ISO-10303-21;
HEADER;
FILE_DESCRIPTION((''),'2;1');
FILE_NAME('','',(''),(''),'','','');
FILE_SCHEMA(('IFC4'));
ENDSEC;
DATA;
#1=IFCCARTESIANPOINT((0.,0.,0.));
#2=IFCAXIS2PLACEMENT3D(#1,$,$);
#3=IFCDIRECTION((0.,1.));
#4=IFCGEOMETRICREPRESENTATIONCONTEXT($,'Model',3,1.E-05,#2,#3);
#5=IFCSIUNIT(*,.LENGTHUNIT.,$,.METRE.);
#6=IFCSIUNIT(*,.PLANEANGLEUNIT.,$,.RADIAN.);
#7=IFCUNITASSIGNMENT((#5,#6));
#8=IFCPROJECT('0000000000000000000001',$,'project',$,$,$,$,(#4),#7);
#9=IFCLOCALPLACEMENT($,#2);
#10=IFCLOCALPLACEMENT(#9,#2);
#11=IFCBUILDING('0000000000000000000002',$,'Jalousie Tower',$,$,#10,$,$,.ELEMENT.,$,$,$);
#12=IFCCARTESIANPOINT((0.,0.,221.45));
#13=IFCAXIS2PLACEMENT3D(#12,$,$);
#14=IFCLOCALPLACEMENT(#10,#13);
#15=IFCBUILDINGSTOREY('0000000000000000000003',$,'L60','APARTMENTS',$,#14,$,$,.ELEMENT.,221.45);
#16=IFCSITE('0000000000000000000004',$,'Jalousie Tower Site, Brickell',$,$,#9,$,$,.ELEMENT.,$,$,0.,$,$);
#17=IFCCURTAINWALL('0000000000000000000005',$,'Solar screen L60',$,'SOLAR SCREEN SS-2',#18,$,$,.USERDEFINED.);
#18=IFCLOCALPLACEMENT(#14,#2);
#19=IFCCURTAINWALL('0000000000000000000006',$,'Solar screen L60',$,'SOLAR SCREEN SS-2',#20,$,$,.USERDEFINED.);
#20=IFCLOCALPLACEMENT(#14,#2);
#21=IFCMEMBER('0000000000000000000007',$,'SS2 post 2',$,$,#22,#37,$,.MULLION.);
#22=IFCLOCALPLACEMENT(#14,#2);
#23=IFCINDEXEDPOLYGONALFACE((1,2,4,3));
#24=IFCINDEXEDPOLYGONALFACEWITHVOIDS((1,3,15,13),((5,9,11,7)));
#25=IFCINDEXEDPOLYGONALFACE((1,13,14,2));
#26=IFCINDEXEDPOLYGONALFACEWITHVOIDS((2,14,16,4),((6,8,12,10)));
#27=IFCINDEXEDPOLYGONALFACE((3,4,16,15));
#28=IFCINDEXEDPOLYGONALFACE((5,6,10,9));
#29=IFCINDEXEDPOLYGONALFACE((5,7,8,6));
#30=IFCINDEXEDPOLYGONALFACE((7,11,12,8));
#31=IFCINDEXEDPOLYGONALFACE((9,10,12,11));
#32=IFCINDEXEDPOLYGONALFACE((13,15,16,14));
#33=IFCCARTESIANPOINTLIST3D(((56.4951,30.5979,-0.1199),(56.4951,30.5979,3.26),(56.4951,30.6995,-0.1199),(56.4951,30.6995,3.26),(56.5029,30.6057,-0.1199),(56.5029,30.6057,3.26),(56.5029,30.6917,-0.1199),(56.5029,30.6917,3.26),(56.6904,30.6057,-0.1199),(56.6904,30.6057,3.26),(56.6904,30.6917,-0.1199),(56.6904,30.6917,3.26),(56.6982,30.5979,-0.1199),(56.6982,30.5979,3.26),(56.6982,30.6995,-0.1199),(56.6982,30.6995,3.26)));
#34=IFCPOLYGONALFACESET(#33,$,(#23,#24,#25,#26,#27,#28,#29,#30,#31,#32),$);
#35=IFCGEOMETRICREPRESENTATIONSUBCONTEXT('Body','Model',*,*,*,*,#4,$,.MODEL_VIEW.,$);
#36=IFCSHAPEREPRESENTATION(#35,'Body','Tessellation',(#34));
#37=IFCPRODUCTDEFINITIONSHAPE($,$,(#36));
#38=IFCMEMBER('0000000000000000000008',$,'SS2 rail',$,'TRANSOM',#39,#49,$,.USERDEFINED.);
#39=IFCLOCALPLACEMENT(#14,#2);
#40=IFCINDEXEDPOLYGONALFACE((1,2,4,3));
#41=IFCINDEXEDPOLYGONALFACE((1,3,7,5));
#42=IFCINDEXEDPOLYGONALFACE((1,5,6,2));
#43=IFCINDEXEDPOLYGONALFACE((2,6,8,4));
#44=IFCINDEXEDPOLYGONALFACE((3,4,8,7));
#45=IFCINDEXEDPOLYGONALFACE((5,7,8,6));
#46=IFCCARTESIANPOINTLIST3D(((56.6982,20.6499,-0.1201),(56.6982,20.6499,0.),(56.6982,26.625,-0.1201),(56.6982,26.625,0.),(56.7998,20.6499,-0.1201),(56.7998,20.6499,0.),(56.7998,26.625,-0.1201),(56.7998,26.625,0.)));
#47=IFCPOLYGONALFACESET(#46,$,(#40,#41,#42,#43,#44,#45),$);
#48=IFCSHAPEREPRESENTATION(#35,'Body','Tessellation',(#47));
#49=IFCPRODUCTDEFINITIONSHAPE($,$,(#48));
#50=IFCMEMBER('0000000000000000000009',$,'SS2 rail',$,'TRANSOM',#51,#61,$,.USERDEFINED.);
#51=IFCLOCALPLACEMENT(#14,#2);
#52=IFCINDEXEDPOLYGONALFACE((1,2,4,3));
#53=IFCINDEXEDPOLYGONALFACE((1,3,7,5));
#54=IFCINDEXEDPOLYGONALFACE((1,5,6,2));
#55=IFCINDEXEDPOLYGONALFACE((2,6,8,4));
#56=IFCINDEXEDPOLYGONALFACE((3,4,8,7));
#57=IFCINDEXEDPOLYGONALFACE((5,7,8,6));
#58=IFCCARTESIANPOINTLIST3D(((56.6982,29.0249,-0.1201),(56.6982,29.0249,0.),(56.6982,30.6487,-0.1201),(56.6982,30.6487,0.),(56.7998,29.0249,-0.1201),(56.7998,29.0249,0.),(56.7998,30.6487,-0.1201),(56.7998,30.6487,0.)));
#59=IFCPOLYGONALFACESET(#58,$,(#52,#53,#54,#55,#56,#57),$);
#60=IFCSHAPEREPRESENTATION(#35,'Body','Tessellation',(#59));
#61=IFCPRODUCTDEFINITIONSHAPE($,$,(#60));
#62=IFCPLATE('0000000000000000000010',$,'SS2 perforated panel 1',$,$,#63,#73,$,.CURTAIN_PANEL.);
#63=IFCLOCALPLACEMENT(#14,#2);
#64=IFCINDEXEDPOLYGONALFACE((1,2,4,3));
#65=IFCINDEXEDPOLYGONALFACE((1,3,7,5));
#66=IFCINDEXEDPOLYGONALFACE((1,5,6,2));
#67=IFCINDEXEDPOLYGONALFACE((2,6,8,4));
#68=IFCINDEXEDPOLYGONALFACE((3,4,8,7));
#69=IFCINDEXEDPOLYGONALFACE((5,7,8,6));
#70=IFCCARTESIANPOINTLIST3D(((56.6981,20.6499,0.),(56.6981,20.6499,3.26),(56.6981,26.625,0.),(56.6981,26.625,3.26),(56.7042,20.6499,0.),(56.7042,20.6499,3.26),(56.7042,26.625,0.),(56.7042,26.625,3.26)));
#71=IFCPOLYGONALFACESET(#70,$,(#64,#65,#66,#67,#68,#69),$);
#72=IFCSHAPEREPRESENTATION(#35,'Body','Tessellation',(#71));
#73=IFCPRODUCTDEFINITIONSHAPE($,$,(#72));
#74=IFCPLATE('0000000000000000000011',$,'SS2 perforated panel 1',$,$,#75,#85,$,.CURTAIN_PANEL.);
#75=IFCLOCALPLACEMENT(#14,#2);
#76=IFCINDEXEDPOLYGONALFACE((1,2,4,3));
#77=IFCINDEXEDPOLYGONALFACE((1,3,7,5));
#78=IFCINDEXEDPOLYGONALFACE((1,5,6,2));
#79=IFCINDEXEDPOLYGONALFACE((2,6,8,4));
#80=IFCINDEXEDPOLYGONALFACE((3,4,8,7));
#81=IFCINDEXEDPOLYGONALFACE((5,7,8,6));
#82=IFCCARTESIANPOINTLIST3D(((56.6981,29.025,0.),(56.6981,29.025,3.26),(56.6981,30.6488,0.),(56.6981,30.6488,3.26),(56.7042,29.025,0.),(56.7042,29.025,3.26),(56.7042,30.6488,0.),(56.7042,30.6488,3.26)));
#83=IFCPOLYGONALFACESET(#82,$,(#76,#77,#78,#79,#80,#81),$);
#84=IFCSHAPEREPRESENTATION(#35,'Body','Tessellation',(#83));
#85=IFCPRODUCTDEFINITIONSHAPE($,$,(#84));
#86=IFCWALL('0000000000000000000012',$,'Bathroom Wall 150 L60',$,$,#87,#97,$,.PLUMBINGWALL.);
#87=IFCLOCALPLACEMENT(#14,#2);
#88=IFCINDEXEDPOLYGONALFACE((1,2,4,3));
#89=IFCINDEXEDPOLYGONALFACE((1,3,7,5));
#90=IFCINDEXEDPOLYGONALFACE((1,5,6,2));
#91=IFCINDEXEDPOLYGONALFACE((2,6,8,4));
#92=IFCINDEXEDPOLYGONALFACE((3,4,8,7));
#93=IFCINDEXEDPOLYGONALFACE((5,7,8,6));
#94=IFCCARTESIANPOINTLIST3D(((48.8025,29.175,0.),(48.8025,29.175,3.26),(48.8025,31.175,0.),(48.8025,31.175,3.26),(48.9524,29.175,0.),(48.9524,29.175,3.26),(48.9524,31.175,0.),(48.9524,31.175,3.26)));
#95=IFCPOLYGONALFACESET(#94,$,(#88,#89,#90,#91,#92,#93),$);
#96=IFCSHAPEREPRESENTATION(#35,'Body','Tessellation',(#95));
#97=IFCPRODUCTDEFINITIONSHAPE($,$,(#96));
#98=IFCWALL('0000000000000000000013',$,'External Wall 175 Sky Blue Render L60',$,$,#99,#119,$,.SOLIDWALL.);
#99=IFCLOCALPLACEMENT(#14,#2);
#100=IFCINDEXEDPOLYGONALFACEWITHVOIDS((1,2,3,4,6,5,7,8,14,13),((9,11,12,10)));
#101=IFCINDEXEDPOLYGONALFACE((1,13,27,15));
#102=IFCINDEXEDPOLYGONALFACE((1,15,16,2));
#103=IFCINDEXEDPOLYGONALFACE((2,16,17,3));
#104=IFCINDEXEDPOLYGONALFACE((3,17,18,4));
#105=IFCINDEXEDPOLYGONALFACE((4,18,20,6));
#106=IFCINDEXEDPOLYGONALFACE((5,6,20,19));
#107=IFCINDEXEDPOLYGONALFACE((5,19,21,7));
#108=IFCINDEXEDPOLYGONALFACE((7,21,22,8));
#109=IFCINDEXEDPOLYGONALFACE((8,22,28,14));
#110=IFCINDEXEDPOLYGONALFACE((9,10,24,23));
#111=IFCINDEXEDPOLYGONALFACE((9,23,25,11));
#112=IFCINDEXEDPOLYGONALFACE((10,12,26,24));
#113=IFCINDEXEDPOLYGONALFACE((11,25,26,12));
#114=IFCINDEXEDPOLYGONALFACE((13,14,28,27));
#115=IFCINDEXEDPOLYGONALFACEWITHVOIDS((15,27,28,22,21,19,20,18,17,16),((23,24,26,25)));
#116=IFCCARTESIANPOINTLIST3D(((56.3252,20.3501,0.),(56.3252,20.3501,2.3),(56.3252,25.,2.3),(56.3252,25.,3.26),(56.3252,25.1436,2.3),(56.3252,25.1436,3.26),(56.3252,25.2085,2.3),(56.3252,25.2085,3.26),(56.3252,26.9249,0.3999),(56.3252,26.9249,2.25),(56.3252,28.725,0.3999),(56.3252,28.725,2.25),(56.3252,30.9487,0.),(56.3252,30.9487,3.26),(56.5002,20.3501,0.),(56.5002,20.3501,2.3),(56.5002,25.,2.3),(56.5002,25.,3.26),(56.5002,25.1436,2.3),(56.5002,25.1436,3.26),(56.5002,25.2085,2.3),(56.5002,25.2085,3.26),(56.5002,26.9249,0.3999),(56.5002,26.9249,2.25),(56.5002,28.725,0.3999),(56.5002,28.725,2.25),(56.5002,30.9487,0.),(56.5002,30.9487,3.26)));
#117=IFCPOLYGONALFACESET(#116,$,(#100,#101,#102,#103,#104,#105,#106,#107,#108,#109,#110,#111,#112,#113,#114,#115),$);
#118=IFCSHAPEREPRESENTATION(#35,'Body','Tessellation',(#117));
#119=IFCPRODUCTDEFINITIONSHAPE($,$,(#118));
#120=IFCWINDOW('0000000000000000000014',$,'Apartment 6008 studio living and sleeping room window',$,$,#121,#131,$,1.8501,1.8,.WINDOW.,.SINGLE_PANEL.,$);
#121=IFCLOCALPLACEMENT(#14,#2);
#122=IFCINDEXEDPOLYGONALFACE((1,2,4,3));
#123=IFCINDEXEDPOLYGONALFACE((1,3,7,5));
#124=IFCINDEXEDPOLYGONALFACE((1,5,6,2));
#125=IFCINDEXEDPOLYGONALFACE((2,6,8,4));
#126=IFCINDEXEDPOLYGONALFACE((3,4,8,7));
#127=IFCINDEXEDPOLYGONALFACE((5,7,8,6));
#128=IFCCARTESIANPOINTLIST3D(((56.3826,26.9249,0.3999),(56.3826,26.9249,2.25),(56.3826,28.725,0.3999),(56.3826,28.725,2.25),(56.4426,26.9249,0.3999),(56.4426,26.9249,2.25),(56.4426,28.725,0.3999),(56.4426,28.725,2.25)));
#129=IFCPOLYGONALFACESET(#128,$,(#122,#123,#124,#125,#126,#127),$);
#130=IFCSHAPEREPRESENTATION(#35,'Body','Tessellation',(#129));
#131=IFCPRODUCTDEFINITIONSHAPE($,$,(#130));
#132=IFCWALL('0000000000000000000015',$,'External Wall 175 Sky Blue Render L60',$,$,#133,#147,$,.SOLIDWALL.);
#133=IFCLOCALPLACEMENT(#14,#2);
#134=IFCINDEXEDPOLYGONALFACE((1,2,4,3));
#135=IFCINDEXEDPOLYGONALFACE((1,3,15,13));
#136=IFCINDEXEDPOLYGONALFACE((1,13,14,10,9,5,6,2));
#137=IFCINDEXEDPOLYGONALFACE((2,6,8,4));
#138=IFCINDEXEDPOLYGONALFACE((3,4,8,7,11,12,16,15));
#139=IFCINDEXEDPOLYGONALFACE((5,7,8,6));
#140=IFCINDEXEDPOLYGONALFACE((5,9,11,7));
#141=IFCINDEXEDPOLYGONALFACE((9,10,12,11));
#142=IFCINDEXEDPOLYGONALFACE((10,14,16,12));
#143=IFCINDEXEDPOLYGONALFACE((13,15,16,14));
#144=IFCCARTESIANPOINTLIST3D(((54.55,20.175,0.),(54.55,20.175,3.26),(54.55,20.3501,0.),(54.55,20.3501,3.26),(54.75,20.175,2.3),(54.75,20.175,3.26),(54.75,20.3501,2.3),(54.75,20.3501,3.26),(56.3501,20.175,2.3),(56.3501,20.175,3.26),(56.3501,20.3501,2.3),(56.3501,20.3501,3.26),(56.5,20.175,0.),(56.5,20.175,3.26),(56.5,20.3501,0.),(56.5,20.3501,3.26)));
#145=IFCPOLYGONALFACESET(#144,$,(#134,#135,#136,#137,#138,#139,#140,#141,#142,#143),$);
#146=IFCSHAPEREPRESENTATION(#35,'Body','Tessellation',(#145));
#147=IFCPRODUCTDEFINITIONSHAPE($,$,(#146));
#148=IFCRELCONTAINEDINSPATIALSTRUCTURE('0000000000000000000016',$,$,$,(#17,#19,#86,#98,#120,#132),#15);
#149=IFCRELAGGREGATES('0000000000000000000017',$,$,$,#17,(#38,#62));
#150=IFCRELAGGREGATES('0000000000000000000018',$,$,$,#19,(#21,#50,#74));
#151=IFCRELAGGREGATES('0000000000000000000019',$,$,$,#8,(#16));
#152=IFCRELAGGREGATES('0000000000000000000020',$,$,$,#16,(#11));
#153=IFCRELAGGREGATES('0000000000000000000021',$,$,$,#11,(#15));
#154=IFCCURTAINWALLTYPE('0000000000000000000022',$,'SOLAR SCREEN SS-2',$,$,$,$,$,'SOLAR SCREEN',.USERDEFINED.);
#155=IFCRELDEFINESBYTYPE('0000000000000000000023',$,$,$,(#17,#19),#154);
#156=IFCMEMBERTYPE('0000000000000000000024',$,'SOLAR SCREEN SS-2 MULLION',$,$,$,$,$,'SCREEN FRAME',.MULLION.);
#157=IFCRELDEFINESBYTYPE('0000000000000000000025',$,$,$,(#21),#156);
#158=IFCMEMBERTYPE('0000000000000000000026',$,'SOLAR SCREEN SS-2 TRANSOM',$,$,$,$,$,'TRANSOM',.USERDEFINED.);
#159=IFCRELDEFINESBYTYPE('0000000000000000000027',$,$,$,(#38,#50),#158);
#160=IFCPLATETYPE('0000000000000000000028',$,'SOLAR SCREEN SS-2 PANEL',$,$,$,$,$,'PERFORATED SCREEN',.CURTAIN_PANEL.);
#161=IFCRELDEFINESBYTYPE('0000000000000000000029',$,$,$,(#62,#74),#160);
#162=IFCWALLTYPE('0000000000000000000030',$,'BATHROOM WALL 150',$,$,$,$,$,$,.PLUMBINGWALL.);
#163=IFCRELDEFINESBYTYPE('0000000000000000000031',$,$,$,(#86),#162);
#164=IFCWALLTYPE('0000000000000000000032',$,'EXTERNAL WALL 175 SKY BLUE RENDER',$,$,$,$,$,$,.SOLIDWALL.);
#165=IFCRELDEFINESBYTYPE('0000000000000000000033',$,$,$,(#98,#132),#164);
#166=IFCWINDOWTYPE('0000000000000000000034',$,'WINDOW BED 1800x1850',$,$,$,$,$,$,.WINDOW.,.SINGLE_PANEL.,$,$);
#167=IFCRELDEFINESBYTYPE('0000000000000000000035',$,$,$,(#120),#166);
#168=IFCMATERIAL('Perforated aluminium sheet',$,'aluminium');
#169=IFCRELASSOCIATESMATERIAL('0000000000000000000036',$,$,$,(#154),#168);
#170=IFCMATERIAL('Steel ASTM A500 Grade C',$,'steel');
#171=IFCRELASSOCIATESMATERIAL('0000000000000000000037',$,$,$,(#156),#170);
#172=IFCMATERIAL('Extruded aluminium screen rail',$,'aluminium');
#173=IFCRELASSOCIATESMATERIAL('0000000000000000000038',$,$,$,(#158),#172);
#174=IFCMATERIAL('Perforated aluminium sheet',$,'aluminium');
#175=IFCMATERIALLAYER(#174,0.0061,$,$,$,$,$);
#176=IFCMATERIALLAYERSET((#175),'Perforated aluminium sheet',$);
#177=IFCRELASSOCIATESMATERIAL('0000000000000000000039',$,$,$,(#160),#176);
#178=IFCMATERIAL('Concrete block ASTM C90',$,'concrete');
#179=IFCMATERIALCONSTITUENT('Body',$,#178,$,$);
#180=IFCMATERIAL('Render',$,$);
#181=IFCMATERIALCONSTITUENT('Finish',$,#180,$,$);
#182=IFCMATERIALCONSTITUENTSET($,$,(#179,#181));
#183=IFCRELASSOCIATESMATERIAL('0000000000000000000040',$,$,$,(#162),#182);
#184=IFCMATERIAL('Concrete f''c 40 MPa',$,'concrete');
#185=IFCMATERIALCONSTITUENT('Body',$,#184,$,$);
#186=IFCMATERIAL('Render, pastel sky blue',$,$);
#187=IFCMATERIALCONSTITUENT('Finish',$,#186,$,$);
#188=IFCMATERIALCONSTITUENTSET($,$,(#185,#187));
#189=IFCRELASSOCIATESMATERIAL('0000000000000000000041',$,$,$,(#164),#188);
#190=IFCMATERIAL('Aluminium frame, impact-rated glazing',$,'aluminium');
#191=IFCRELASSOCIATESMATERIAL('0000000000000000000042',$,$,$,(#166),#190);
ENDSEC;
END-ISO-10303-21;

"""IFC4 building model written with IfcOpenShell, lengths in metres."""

from ifc_helpers import new_model, si_unit, direction, frame, frame_2d, origin, origin_2d, place, context, subcontext, project, spatial, polyline, rectangle, hollow_rectangle, outline, extrude, material, layer, layer_set, constituent, constituent_set, material_profile, profile_set, type_object, element, fill, aggregate, save


model = new_model("IFC4")

# Units and contexts
model_context = context("Model", 3, precision=1e-05, world=origin(), true_north=direction((0.0, 1.0)))
body_context = subcontext(model_context, "Body", "Model", "MODEL_VIEW")
ifc_project = project(units=[si_unit("LENGTHUNIT", "METRE"), si_unit("PLANEANGLEUNIT", "RADIAN")], contexts=[model_context])

# Site, building, storey
site_placement = place(None, origin())
site = spatial("IfcSite", under=ifc_project, at=site_placement, Name="Jalousie Tower Site, Brickell", CompositionType="ELEMENT", RefElevation=0.0)
building_placement = place(site_placement, origin())
building = spatial("IfcBuilding", under=site, at=building_placement, Name="Jalousie Tower", CompositionType="ELEMENT")
storey_placement = place(building_placement, frame((0.0, 0.0, 221.45)))
storey = spatial("IfcBuildingStorey", under=building, at=storey_placement, Name="L60", Description="APARTMENTS", CompositionType="ELEMENT", Elevation=221.45)

# Curtain walls, member
ifc_material_1 = material(Name="Perforated aluminium sheet", Category="aluminium")
curtain_wall_type_1 = type_object("IfcCurtainWallType", Name="SOLAR SCREEN SS-2", ElementType="SOLAR SCREEN", PredefinedType="USERDEFINED", material=ifc_material_1)
curtain_wall_1_placement = place(storey_placement, origin())
curtain_wall_1 = element("IfcCurtainWall", 1, at=curtain_wall_1_placement, inside=storey, type_object=curtain_wall_type_1, Name="Solar screen L60", ObjectType="SOLAR SCREEN SS-2", PredefinedType="USERDEFINED")
ifc_material_2 = material(Name="Steel ASTM A500 Grade C", Category="steel")
ifc_material_profile_1 = material_profile(ifc_material_2, hollow_rectangle(XDim=0.1016, YDim=0.2031, WallThickness=0.0078, at=origin_2d()), Name="HSS8X4X5/16")
ifc_profile_set_1 = profile_set([ifc_material_profile_1], Name="Steel ASTM A500 Grade C")
member_type_1 = type_object("IfcMemberType", Name="SOLAR SCREEN SS-2 MULLION", ElementType="SCREEN FRAME", PredefinedType="MULLION", material=ifc_profile_set_1)
curtain_wall_2_placement = place(storey_placement, origin())
curtain_wall_2 = element("IfcCurtainWall", 2, at=curtain_wall_2_placement, inside=storey, type_object=curtain_wall_type_1, Name="Solar screen L60", ObjectType="SOLAR SCREEN SS-2", PredefinedType="USERDEFINED")
member_1_placement = place(storey_placement, frame((56.5967, 30.6487, -0.1199), z_axis=(0.0, 0.0, 1.0), x_axis=(0.0, 1.0, 0.0)))
member_1 = element("IfcMember", 3, at=member_1_placement, type_object=member_type_1, Name="SS2 post 2", PredefinedType="MULLION", context=body_context, shape_type="SweptSolid", body=[
    extrude(hollow_rectangle(XDim=0.1016, YDim=0.2031, WallThickness=0.0078, at=origin_2d()), origin(), (0.0, 0.0, 1.0), 3.3799),
])

# Members
ifc_material_3 = material(Name="Extruded aluminium screen rail", Category="aluminium")
ifc_material_profile_2 = material_profile(ifc_material_3, rectangle(XDim=0.1016, YDim=0.1201, at=origin_2d()), Name="RAIL 102x120")
ifc_profile_set_2 = profile_set([ifc_material_profile_2], Name="Extruded aluminium screen rail")
member_type_2 = type_object("IfcMemberType", Name="SOLAR SCREEN SS-2 TRANSOM", ElementType="TRANSOM", PredefinedType="USERDEFINED", material=ifc_profile_set_2)
member_2_placement = place(storey_placement, frame((56.749, 20.6499, -0.0601), z_axis=(0.0, 1.0, 0.0), x_axis=(-1.0, 0.0, 0.0)))
member_2 = element("IfcMember", 4, at=member_2_placement, type_object=member_type_2, Name="SS2 rail", ObjectType="TRANSOM", PredefinedType="USERDEFINED", context=body_context, shape_type="SweptSolid", body=[
    extrude(rectangle(XDim=0.1016, YDim=0.1201, at=origin_2d()), origin(), (0.0, 0.0, 1.0), 5.9751),
])
member_3_placement = place(storey_placement, frame((56.749, 29.0249, -0.0601), z_axis=(0.0, 1.0, 0.0), x_axis=(-1.0, 0.0, 0.0)))
member_3 = element("IfcMember", 5, at=member_3_placement, type_object=member_type_2, Name="SS2 rail", ObjectType="TRANSOM", PredefinedType="USERDEFINED", context=body_context, shape_type="SweptSolid", body=[
    extrude(rectangle(XDim=0.1016, YDim=0.1201, at=origin_2d()), origin(), (0.0, 0.0, 1.0), 1.6238),
])

# Plates
ifc_material_4 = material(Name="Perforated aluminium sheet", Category="aluminium")
ifc_layer_1 = layer(ifc_material_4, 0.0061)
ifc_layer_set_1 = layer_set([ifc_layer_1], Name="Perforated aluminium sheet")
plate_type = type_object("IfcPlateType", Name="SOLAR SCREEN SS-2 PANEL", ElementType="PERFORATED SCREEN", PredefinedType="CURTAIN_PANEL", material=ifc_layer_set_1)
plate_1_placement = place(storey_placement, frame((56.7012, 23.6375, 0.0), z_axis=(0.0, 0.0, 1.0), x_axis=(0.0, 1.0, 0.0)))
plate_1 = element("IfcPlate", 6, at=plate_1_placement, type_object=plate_type, Name="SS2 perforated panel 1", PredefinedType="CURTAIN_PANEL", context=body_context, shape_type="SweptSolid", body=[
    extrude(rectangle(XDim=5.9751, YDim=0.0061, at=origin_2d()), origin(), (0.0, 0.0, 1.0), 3.26),
])
aggregate(curtain_wall_1, [member_2, plate_1])
plate_2_placement = place(storey_placement, frame((56.7012, 29.8369, 0.0), z_axis=(0.0, 0.0, 1.0), x_axis=(0.0, 1.0, 0.0)))
plate_2 = element("IfcPlate", 7, at=plate_2_placement, type_object=plate_type, Name="SS2 perforated panel 1", PredefinedType="CURTAIN_PANEL", context=body_context, shape_type="SweptSolid", body=[
    extrude(rectangle(XDim=1.6238, YDim=0.0061, at=origin_2d()), origin(), (0.0, 0.0, 1.0), 3.26),
])
aggregate(curtain_wall_2, [member_1, member_3, plate_2])

# Wall
ifc_material_5 = material(Name="Concrete block ASTM C90", Category="concrete")
ifc_constituent_1 = constituent(ifc_material_5, Name="Body")
ifc_material_6 = material(Name="Render")
ifc_constituent_2 = constituent(ifc_material_6, Name="Finish")
ifc_constituent_set_1 = constituent_set(constituents=[ifc_constituent_1, ifc_constituent_2])
wall_type_1 = type_object("IfcWallType", Name="BATHROOM WALL 150", PredefinedType="PLUMBINGWALL", material=ifc_constituent_set_1)
wall_1_placement = place(storey_placement, frame((48.8774, 29.175, 0.0), z_axis=(0.0, 0.0, 1.0), x_axis=(0.0, 1.0, 0.0)))
element("IfcWall", 8, at=wall_1_placement, inside=storey, type_object=wall_type_1, Name="Bathroom Wall 150 L60", PredefinedType="PLUMBINGWALL", context=body_context, shape_type="SweptSolid", body=[
    extrude(rectangle(XDim=2.0, YDim=0.1499, at=frame_2d((1.0, 0.0))), origin(), (0.0, 0.0, 1.0), 3.26),
])

# Wall, opening, window
ifc_material_7 = material(Name="Concrete f'c 40 MPa", Category="concrete")
ifc_constituent_3 = constituent(ifc_material_7, Name="Body")
ifc_material_8 = material(Name="Render, pastel sky blue")
ifc_constituent_4 = constituent(ifc_material_8, Name="Finish")
ifc_constituent_set_2 = constituent_set(constituents=[ifc_constituent_3, ifc_constituent_4])
wall_type_2 = type_object("IfcWallType", Name="EXTERNAL WALL 175 SKY BLUE RENDER", PredefinedType="SOLIDWALL", material=ifc_constituent_set_2)
wall_2_placement = place(storey_placement, frame((56.4126, 20.3501, 0.0), z_axis=(0.0, 0.0, 1.0), x_axis=(0.0, 1.0, 0.0)))
wall_2 = element("IfcWall", 9, at=wall_2_placement, inside=storey, type_object=wall_type_2, Name="External Wall 175 Sky Blue Render L60", PredefinedType="SOLIDWALL", context=body_context, shape_type="SweptSolid", body=[
    extrude(outline(polyline([(0.0, 0.0), (10.5986, 0.0), (10.5986, 3.26), (4.8584, 3.26), (4.8584, 2.3), (4.7935, 2.3), (4.7935, 3.26), (4.6499, 3.26), (4.6499, 2.3), (0.0, 2.3), (0.0, 0.0)])), frame((0.0, 0.0874, 0.0), z_axis=(0.0, -1.0, 0.0), x_axis=(1.0, 0.0, 0.0)), (0.0, 0.0, 1.0), 0.175),
])
opening_1_placement = place(wall_2_placement, frame((6.575, 0.0, 0.3999)))
opening_1 = element("IfcOpeningElement", 10, at=opening_1_placement, cuts=wall_2, PredefinedType="OPENING", context=body_context, shape_type="SweptSolid", body=[
    extrude(rectangle(XDim=1.8, YDim=1.8501, at=frame_2d((0.8999, 0.925))), frame((0.0, 0.0974, 0.0), z_axis=(0.0, -1.0, 0.0), x_axis=(1.0, 0.0, 0.0)), (0.0, 0.0, 1.0), 0.1951),
])
ifc_material_9 = material(Name="Aluminium frame, impact-rated glazing", Category="aluminium")
window_type = type_object("IfcWindowType", Name="WINDOW BED 1800x1850", PartitioningType="SINGLE_PANEL", PredefinedType="WINDOW", material=ifc_material_9)
window_placement = place(opening_1_placement, origin())
window = element("IfcWindow", 11, at=window_placement, inside=storey, type_object=window_type, Name="Apartment 6008 studio living and sleeping room window", OverallHeight=1.8501, OverallWidth=1.8, PartitioningType="SINGLE_PANEL", PredefinedType="WINDOW", context=body_context, shape_type="SweptSolid", body=[
    extrude(rectangle(XDim=1.8, YDim=1.8501, at=frame_2d((0.8999, 0.925))), frame((0.0, 0.03, 0.0), z_axis=(0.0, -1.0, 0.0), x_axis=(1.0, 0.0, 0.0)), (0.0, 0.0, 1.0), 0.0601),
])
fill(opening_1, window)

# Wall
wall_3_placement = place(storey_placement, frame((56.5, 20.2625, 0.0), z_axis=(0.0, 0.0, 1.0), x_axis=(-1.0, 0.0, 0.0)))
element("IfcWall", 12, at=wall_3_placement, inside=storey, type_object=wall_type_2, Name="External Wall 175 Sky Blue Render L60", PredefinedType="SOLIDWALL", context=body_context, shape_type="SweptSolid", body=[
    extrude(outline(polyline([(0.0, 0.0), (1.95, 0.0), (1.95, 3.26), (1.75, 3.26), (1.75, 2.3), (0.1499, 2.3), (0.1499, 3.26), (0.0, 3.26), (0.0, 0.0)])), frame((0.0, 0.0874, 0.0), z_axis=(0.0, -1.0, 0.0), x_axis=(1.0, 0.0, 0.0)), (0.0, 0.0, 1.0), 0.175),
])

save(model, "model.ifc")
